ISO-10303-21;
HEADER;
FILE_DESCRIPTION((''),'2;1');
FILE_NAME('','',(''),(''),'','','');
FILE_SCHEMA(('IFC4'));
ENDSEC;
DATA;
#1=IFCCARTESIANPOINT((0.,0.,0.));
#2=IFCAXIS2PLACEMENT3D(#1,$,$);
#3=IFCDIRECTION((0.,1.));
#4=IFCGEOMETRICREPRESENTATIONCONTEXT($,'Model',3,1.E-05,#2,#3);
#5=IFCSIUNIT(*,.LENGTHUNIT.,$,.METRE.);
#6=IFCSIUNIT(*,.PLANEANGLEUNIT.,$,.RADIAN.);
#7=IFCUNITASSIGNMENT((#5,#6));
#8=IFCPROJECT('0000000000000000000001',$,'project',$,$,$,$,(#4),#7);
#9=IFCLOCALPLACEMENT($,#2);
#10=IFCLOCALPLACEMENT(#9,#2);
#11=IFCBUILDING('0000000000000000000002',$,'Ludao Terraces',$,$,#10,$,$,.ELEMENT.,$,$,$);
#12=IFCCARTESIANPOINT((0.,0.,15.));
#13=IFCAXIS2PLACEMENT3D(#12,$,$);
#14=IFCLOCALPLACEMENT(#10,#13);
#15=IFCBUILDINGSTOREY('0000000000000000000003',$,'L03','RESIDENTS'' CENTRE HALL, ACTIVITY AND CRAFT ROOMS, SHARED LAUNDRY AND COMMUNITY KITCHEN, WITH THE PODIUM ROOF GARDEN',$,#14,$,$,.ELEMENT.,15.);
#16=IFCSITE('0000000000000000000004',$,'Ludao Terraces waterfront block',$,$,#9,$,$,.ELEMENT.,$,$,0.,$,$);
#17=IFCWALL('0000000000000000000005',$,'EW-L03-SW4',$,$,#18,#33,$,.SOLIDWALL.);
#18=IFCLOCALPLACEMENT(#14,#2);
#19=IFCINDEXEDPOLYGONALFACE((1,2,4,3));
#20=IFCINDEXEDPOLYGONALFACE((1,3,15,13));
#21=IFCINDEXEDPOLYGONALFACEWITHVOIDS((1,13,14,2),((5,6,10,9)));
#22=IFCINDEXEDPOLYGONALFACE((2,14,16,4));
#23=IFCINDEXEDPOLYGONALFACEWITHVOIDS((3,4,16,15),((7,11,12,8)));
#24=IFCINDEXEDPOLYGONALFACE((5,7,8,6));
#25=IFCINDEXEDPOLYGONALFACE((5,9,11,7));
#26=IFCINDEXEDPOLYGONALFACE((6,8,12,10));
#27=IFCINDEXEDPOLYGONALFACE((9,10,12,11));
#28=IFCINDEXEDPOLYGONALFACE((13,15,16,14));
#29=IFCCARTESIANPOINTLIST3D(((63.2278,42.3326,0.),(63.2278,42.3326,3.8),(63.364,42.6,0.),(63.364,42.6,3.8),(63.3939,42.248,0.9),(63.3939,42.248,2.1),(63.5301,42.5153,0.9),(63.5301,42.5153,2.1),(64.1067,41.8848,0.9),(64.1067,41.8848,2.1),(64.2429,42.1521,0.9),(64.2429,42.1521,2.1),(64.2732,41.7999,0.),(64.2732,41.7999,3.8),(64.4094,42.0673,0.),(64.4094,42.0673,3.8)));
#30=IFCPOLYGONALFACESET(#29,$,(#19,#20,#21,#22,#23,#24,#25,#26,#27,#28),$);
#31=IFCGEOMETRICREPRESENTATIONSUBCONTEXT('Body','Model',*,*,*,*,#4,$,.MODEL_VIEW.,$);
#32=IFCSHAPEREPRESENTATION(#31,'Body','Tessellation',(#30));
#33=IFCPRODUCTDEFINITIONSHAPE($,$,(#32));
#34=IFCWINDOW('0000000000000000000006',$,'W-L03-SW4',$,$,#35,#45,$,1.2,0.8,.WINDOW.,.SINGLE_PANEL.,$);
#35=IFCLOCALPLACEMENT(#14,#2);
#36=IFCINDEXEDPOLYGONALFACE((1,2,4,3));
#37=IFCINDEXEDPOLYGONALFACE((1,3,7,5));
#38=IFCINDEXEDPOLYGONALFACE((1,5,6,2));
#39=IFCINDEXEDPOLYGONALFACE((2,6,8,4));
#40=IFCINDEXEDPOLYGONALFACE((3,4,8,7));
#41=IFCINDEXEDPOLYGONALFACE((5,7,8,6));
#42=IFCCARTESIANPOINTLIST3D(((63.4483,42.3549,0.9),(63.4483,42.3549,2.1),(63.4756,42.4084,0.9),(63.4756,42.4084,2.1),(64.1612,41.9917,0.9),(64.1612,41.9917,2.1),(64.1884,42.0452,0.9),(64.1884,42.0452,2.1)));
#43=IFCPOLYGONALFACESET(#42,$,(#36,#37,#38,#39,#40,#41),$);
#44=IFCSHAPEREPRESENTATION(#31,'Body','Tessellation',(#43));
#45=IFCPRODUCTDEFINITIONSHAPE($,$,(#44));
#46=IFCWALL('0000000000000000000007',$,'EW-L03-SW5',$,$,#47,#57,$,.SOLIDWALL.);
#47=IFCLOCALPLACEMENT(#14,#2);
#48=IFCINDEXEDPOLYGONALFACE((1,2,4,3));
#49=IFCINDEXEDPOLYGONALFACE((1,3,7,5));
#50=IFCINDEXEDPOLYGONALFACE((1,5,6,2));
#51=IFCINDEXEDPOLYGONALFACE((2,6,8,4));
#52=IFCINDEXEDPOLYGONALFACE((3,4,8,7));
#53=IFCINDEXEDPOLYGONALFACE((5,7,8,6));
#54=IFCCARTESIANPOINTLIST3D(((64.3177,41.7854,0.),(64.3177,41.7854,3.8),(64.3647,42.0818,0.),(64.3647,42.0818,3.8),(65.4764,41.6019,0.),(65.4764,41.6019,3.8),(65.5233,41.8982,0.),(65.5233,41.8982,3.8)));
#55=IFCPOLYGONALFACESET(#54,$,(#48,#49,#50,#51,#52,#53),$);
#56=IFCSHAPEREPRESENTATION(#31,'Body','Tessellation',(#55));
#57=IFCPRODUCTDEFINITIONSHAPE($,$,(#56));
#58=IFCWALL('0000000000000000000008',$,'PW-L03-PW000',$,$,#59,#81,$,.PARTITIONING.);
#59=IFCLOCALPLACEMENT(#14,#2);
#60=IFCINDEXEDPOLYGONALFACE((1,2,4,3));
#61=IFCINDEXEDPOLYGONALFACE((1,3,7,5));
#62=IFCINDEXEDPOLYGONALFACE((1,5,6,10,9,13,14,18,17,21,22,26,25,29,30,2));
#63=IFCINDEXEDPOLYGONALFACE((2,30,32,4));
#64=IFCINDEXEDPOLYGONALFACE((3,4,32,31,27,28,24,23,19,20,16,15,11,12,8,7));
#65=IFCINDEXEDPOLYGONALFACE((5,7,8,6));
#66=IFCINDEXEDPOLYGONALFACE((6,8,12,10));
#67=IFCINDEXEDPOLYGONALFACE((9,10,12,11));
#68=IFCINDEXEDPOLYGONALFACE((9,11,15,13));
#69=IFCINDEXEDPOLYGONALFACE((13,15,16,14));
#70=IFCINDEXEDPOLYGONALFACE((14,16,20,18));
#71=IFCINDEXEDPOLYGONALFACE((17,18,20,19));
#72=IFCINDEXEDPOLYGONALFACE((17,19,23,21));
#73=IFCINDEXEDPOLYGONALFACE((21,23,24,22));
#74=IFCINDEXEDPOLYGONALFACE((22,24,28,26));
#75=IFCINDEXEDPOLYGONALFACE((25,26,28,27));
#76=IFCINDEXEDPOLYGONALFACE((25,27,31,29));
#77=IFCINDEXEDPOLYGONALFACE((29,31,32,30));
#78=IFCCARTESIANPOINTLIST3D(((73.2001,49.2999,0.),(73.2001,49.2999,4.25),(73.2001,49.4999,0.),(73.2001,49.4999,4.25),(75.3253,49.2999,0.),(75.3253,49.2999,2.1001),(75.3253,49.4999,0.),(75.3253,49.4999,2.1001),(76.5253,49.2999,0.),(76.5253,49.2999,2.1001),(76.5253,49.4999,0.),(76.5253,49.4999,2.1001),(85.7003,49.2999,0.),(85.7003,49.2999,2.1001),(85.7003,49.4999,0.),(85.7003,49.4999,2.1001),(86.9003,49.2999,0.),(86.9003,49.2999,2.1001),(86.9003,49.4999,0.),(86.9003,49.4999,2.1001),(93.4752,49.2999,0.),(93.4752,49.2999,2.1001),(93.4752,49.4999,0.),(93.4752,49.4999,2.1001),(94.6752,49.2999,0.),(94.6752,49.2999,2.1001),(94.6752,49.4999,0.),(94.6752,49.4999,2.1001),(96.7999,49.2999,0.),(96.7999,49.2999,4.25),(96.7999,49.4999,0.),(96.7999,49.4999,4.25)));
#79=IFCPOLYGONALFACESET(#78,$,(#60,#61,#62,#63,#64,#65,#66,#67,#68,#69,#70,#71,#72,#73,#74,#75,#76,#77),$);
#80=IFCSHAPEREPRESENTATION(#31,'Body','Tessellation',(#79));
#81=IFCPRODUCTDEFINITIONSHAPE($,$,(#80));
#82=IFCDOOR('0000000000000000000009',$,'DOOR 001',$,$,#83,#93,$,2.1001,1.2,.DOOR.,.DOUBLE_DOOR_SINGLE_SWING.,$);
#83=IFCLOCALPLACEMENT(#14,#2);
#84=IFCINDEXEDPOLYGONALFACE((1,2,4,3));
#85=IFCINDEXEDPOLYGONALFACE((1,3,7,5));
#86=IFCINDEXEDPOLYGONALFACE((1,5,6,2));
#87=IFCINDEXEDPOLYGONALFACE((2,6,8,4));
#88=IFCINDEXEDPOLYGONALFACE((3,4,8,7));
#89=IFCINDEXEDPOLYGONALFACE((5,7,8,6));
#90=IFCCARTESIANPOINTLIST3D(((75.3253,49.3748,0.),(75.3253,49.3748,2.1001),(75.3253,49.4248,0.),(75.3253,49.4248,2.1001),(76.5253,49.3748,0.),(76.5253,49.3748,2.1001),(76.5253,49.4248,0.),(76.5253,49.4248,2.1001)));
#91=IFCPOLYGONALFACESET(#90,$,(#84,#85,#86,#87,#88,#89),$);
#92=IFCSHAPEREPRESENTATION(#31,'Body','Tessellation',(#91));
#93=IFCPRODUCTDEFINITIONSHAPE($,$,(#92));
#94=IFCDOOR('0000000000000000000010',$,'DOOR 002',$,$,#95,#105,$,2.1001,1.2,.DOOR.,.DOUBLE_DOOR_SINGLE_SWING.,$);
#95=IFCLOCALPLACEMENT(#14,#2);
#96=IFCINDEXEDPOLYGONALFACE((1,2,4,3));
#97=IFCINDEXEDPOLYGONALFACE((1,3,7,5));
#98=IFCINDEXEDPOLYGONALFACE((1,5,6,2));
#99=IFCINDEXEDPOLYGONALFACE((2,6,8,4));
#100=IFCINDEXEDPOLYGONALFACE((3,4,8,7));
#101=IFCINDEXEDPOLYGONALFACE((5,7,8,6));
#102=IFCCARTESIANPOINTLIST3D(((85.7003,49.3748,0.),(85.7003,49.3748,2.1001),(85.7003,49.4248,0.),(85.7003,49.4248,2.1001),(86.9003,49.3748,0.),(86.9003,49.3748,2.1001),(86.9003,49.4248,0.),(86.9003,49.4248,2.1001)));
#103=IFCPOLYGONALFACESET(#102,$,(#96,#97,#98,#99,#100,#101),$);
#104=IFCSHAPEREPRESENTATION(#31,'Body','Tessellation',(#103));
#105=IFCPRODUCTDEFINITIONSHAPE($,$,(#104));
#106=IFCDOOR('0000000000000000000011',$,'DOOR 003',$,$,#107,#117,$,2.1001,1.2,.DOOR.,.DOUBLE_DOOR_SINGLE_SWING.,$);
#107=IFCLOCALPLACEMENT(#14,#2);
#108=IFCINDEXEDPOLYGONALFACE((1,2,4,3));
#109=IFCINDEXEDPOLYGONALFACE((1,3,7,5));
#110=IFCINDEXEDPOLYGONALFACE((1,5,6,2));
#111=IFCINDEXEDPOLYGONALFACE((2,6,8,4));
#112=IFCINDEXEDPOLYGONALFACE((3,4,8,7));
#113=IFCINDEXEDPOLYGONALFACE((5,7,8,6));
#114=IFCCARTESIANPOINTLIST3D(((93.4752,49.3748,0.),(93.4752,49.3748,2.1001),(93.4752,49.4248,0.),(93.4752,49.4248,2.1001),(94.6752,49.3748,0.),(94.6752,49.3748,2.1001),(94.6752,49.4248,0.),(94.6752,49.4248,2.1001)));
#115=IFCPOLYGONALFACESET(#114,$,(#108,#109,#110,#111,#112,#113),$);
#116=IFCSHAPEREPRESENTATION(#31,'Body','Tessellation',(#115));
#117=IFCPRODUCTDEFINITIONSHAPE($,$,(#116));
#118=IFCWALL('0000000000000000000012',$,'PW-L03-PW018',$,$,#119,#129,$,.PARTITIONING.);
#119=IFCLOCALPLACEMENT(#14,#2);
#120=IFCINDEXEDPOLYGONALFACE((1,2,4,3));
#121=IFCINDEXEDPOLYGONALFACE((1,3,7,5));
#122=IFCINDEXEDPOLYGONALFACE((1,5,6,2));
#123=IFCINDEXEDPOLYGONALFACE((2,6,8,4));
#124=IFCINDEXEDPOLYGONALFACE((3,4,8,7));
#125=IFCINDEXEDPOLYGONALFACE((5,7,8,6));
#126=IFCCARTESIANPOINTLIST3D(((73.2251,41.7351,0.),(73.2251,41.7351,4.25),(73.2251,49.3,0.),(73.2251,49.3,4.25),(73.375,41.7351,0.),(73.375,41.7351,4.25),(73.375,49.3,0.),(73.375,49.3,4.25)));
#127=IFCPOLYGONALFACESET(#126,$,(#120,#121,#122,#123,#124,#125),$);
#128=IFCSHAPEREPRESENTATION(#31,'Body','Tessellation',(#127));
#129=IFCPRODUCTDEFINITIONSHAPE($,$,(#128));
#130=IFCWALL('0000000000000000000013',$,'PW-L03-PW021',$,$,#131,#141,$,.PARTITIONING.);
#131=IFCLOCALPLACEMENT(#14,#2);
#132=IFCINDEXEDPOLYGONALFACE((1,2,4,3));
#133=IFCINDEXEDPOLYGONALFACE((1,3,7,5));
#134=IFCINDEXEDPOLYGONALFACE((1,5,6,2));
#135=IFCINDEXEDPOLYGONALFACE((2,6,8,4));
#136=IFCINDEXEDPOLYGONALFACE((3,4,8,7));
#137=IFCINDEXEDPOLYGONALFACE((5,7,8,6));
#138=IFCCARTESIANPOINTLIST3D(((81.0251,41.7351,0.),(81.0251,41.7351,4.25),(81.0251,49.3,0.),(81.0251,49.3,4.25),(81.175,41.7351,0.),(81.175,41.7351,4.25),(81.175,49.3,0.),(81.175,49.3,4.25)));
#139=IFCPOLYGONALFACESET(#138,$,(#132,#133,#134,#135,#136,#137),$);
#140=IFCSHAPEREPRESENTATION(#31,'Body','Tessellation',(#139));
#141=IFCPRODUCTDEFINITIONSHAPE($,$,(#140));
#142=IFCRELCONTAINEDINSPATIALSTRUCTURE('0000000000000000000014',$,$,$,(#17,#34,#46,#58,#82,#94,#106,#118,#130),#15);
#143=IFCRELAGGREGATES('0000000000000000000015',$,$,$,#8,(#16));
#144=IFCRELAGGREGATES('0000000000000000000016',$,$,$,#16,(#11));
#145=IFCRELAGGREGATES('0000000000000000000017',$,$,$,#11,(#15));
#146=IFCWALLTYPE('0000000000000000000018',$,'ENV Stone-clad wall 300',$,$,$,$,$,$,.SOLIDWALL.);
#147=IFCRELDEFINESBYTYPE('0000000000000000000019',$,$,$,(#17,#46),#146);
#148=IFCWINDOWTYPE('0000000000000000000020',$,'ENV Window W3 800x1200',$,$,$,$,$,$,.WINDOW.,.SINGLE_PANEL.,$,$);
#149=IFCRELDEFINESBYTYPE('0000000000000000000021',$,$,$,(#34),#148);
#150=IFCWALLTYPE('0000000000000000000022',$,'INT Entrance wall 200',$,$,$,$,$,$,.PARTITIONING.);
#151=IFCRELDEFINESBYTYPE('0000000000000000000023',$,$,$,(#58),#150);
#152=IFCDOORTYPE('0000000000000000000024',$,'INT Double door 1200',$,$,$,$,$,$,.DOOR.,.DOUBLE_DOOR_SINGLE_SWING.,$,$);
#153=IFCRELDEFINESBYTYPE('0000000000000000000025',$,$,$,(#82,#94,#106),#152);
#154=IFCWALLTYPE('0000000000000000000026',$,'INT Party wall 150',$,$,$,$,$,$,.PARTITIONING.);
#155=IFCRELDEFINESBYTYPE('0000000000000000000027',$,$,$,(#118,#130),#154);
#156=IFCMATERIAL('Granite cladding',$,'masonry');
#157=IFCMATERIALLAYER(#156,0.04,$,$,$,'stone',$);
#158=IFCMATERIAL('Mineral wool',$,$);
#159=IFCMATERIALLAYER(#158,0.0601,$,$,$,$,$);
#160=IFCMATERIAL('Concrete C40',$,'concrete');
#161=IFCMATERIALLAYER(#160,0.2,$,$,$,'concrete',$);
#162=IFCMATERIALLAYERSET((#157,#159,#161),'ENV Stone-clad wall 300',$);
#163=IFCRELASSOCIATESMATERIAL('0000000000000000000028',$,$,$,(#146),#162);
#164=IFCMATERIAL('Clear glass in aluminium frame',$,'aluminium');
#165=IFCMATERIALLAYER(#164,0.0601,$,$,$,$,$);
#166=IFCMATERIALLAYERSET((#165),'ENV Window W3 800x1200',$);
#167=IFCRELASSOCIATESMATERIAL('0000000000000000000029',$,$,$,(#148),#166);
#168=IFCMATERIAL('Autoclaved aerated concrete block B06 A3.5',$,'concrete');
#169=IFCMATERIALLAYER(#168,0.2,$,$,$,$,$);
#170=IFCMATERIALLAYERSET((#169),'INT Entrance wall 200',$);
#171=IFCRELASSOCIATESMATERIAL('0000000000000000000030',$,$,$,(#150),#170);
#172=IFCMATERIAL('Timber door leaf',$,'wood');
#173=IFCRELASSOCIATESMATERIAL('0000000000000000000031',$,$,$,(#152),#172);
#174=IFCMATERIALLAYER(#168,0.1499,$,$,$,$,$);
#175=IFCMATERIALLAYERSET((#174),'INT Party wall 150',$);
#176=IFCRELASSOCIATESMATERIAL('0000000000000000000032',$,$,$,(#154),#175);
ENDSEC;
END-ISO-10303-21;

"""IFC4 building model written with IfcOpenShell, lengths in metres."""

from ifc_helpers import new_model, si_unit, direction, frame, frame_2d, origin, place, context, subcontext, project, spatial, rectangle, extrude, material, layer, layer_set, type_object, element, fill, save


model = new_model("IFC4")

# Units and contexts
model_context = context("Model", 3, precision=1e-05, world=origin(), true_north=direction((0.0, 1.0)))
body_context = subcontext(model_context, "Body", "Model", "MODEL_VIEW")
ifc_project = project(units=[si_unit("LENGTHUNIT", "METRE"), si_unit("PLANEANGLEUNIT", "RADIAN")], contexts=[model_context])

# Site, building, storey
site_placement = place(None, origin())
site = spatial("IfcSite", under=ifc_project, at=site_placement, Name="Ludao Terraces waterfront block", CompositionType="ELEMENT", RefElevation=0.0)
building_placement = place(site_placement, origin())
building = spatial("IfcBuilding", under=site, at=building_placement, Name="Ludao Terraces", CompositionType="ELEMENT")
storey_placement = place(building_placement, frame((0.0, 0.0, 15.0)))
storey = spatial("IfcBuildingStorey", under=building, at=storey_placement, Name="L03", Description="RESIDENTS' CENTRE HALL, ACTIVITY AND CRAFT ROOMS, SHARED LAUNDRY AND COMMUNITY KITCHEN, WITH THE PODIUM ROOF GARDEN", CompositionType="ELEMENT", Elevation=15.0)

# Shared definitions
ifc_material_1 = material(Name="Concrete C40", Category="concrete")

# Shared definitions
ifc_material_2 = material(Name="Granite cladding", Category="masonry")
ifc_layer_1 = layer(ifc_material_2, 0.04, Category="stone")
ifc_material_3 = material(Name="Mineral wool")
ifc_layer_2 = layer(ifc_material_3, 0.0601)
ifc_layer_3 = layer(ifc_material_1, 0.2, Category="concrete")
ifc_layer_set_1 = layer_set([ifc_layer_1, ifc_layer_2, ifc_layer_3], Name="ENV Stone-clad wall 300")
wall_type_1 = type_object("IfcWallType", Name="ENV Stone-clad wall 300", PredefinedType="SOLIDWALL", material=ifc_layer_set_1)
ifc_material_4 = material(Name="Clear glass in aluminium frame", Category="aluminium")

# Wall, opening, window
ifc_layer_4 = layer(ifc_material_4, 0.0601)
ifc_layer_set_2 = layer_set([ifc_layer_4], Name="ENV Window W3 800x1200")
window_type_1 = type_object("IfcWindowType", Name="ENV Window W3 800x1200", PartitioningType="SINGLE_PANEL", PredefinedType="WINDOW", material=ifc_layer_set_2)
wall_1_placement = place(storey_placement, frame((63.2959, 42.4663, 0.0), z_axis=(0.0, 0.0, 1.0), x_axis=(0.890989, -0.454026, 0.0)))
wall_1 = element("IfcWall", 1, at=wall_1_placement, inside=storey, type_object=wall_type_1, Name="EW-L03-SW4", PredefinedType="SOLIDWALL", context=body_context, shape_type="SweptSolid", body=[
    extrude(rectangle(XDim=1.1733, YDim=0.3, at=frame_2d((0.5867, 0.0))), origin(), (0.0, 0.0, 1.0), 3.8),
])
opening_1_placement = place(wall_1_placement, frame((0.1865, 0.0, 0.8999)))
opening_1 = element("IfcOpeningElement", 2, at=opening_1_placement, cuts=wall_1, PredefinedType="OPENING", context=body_context, shape_type="SweptSolid", body=[
    extrude(rectangle(XDim=0.8, YDim=1.2, at=frame_2d((0.3999, 0.6001))), frame((0.0, 0.1602, 0.0), z_axis=(0.0, -1.0, 0.0), x_axis=(1.0, 0.0, 0.0)), (0.0, 0.0, 1.0), 0.3201),
])
window_1_placement = place(opening_1_placement, origin())
window_1 = element("IfcWindow", 3, at=window_1_placement, inside=storey, type_object=window_type_1, Name="W-L03-SW4", OverallHeight=1.2, OverallWidth=0.8, PartitioningType="SINGLE_PANEL", PredefinedType="WINDOW", context=body_context, shape_type="SweptSolid", body=[
    extrude(rectangle(XDim=0.8, YDim=1.2, at=frame_2d((0.3999, 0.6001))), frame((0.0, 0.03, 0.0), z_axis=(0.0, -1.0, 0.0), x_axis=(1.0, 0.0, 0.0)), (0.0, 0.0, 1.0), 0.0601),
])
fill(opening_1, window_1)

# Wall
wall_2_placement = place(storey_placement, frame((64.3413, 41.9336, 0.0), z_axis=(0.0, 0.0, 1.0), x_axis=(0.987678, -0.156497, 0.0)))
element("IfcWall", 4, at=wall_2_placement, inside=storey, type_object=wall_type_1, Name="EW-L03-SW5", PredefinedType="SOLIDWALL", context=body_context, shape_type="SweptSolid", body=[
    extrude(rectangle(XDim=1.1731, YDim=0.3, at=frame_2d((0.5864, 0.0))), origin(), (0.0, 0.0, 1.0), 3.8),
])

# Wall, openings, doors
ifc_material_5 = material(Name="Autoclaved aerated concrete block B06 A3.5", Category="concrete")
ifc_layer_5 = layer(ifc_material_5, 0.2)
ifc_layer_set_3 = layer_set([ifc_layer_5], Name="INT Entrance wall 200")
wall_type_2 = type_object("IfcWallType", Name="INT Entrance wall 200", PredefinedType="PARTITIONING", material=ifc_layer_set_3)
wall_3_placement = place(storey_placement, frame((73.2002, 49.3999, 0.0), z_axis=(0.0, 0.0, 1.0), x_axis=(1.0, 0.0, 0.0)))
wall_3 = element("IfcWall", 5, at=wall_3_placement, inside=storey, type_object=wall_type_2, Name="PW-L03-PW000", PredefinedType="PARTITIONING", context=body_context, shape_type="SweptSolid", body=[
    extrude(rectangle(XDim=23.5999, YDim=0.2, at=frame_2d((11.7998, 0.0))), origin(), (0.0, 0.0, 1.0), 4.25),
])
opening_2_placement = place(wall_3_placement, frame((2.125, 0.0, 0.0)))
opening_2 = element("IfcOpeningElement", 6, at=opening_2_placement, cuts=wall_3, PredefinedType="OPENING", context=body_context, shape_type="SweptSolid", body=[
    extrude(rectangle(XDim=1.2, YDim=2.1001, at=frame_2d((0.6001, 1.05))), frame((0.0, 0.1099, 0.0), z_axis=(0.0, -1.0, 0.0), x_axis=(1.0, 0.0, 0.0)), (0.0, 0.0, 1.0), 0.22),
])
opening_3_placement = place(wall_3_placement, frame((12.5, 0.0, 0.0)))
opening_3 = element("IfcOpeningElement", 7, at=opening_3_placement, cuts=wall_3, PredefinedType="OPENING", context=body_context, shape_type="SweptSolid", body=[
    extrude(rectangle(XDim=1.2, YDim=2.1001, at=frame_2d((0.6001, 1.05))), frame((0.0, 0.1099, 0.0), z_axis=(0.0, -1.0, 0.0), x_axis=(1.0, 0.0, 0.0)), (0.0, 0.0, 1.0), 0.22),
])
opening_4_placement = place(wall_3_placement, frame((20.2749, 0.0, 0.0)))
opening_4 = element("IfcOpeningElement", 8, at=opening_4_placement, cuts=wall_3, PredefinedType="OPENING", context=body_context, shape_type="SweptSolid", body=[
    extrude(rectangle(XDim=1.2, YDim=2.1001, at=frame_2d((0.6001, 1.05))), frame((0.0, 0.1099, 0.0), z_axis=(0.0, -1.0, 0.0), x_axis=(1.0, 0.0, 0.0)), (0.0, 0.0, 1.0), 0.22),
])
ifc_material_6 = material(Name="Timber door leaf", Category="wood")
door_type_1 = type_object("IfcDoorType", Name="INT Double door 1200", OperationType="DOUBLE_DOOR_SINGLE_SWING", PredefinedType="DOOR", material=ifc_material_6)
door_1_placement = place(opening_2_placement, origin())
door_1 = element("IfcDoor", 9, at=door_1_placement, inside=storey, type_object=door_type_1, Name="DOOR 001", OperationType="DOUBLE_DOOR_SINGLE_SWING", OverallHeight=2.1001, OverallWidth=1.2, PredefinedType="DOOR", context=body_context, shape_type="SweptSolid", body=[
    extrude(rectangle(XDim=1.2, YDim=2.1001, at=frame_2d((0.6001, 1.05))), frame((0.0, 0.0249, 0.0), z_axis=(0.0, -1.0, 0.0), x_axis=(1.0, 0.0, 0.0)), (0.0, 0.0, 1.0), 0.05),
])
fill(opening_2, door_1)
door_2_placement = place(opening_3_placement, origin())
door_2 = element("IfcDoor", 10, at=door_2_placement, inside=storey, type_object=door_type_1, Name="DOOR 002", OperationType="DOUBLE_DOOR_SINGLE_SWING", OverallHeight=2.1001, OverallWidth=1.2, PredefinedType="DOOR", context=body_context, shape_type="SweptSolid", body=[
    extrude(rectangle(XDim=1.2, YDim=2.1001, at=frame_2d((0.6001, 1.05))), frame((0.0, 0.0249, 0.0), z_axis=(0.0, -1.0, 0.0), x_axis=(1.0, 0.0, 0.0)), (0.0, 0.0, 1.0), 0.05),
])
fill(opening_3, door_2)
door_3_placement = place(opening_4_placement, origin())
door_3 = element("IfcDoor", 11, at=door_3_placement, inside=storey, type_object=door_type_1, Name="DOOR 003", OperationType="DOUBLE_DOOR_SINGLE_SWING", OverallHeight=2.1001, OverallWidth=1.2, PredefinedType="DOOR", context=body_context, shape_type="SweptSolid", body=[
    extrude(rectangle(XDim=1.2, YDim=2.1001, at=frame_2d((0.6001, 1.05))), frame((0.0, 0.0249, 0.0), z_axis=(0.0, -1.0, 0.0), x_axis=(1.0, 0.0, 0.0)), (0.0, 0.0, 1.0), 0.05),
])
fill(opening_4, door_3)

# Walls
ifc_layer_6 = layer(ifc_material_5, 0.1499)
ifc_layer_set_4 = layer_set([ifc_layer_6], Name="INT Party wall 150")
wall_type_3 = type_object("IfcWallType", Name="INT Party wall 150", PredefinedType="PARTITIONING", material=ifc_layer_set_4)
for number, where, z_axis, x_axis, name in (
    (12, (73.3, 41.7351, 0.0), (0.0, 0.0, 1.0), (0.0, 1.0, 0.0), "PW-L03-PW018"),
    (13, (81.1001, 41.7351, 0.0), (0.0, 0.0, 1.0), (0.0, 1.0, 0.0), "PW-L03-PW021"),
):
    element("IfcWall", number, at=place(storey_placement, frame(where, z_axis=z_axis, x_axis=x_axis)), inside=storey, type_object=wall_type_3, Name=name, PredefinedType="PARTITIONING", context=body_context, shape_type="SweptSolid", body=[
        extrude(rectangle(XDim=7.5649, YDim=0.1499, at=frame_2d((3.7825, 0.0))), origin(), (0.0, 0.0, 1.0), 4.25),
    ])

save(model, "model.ifc")
